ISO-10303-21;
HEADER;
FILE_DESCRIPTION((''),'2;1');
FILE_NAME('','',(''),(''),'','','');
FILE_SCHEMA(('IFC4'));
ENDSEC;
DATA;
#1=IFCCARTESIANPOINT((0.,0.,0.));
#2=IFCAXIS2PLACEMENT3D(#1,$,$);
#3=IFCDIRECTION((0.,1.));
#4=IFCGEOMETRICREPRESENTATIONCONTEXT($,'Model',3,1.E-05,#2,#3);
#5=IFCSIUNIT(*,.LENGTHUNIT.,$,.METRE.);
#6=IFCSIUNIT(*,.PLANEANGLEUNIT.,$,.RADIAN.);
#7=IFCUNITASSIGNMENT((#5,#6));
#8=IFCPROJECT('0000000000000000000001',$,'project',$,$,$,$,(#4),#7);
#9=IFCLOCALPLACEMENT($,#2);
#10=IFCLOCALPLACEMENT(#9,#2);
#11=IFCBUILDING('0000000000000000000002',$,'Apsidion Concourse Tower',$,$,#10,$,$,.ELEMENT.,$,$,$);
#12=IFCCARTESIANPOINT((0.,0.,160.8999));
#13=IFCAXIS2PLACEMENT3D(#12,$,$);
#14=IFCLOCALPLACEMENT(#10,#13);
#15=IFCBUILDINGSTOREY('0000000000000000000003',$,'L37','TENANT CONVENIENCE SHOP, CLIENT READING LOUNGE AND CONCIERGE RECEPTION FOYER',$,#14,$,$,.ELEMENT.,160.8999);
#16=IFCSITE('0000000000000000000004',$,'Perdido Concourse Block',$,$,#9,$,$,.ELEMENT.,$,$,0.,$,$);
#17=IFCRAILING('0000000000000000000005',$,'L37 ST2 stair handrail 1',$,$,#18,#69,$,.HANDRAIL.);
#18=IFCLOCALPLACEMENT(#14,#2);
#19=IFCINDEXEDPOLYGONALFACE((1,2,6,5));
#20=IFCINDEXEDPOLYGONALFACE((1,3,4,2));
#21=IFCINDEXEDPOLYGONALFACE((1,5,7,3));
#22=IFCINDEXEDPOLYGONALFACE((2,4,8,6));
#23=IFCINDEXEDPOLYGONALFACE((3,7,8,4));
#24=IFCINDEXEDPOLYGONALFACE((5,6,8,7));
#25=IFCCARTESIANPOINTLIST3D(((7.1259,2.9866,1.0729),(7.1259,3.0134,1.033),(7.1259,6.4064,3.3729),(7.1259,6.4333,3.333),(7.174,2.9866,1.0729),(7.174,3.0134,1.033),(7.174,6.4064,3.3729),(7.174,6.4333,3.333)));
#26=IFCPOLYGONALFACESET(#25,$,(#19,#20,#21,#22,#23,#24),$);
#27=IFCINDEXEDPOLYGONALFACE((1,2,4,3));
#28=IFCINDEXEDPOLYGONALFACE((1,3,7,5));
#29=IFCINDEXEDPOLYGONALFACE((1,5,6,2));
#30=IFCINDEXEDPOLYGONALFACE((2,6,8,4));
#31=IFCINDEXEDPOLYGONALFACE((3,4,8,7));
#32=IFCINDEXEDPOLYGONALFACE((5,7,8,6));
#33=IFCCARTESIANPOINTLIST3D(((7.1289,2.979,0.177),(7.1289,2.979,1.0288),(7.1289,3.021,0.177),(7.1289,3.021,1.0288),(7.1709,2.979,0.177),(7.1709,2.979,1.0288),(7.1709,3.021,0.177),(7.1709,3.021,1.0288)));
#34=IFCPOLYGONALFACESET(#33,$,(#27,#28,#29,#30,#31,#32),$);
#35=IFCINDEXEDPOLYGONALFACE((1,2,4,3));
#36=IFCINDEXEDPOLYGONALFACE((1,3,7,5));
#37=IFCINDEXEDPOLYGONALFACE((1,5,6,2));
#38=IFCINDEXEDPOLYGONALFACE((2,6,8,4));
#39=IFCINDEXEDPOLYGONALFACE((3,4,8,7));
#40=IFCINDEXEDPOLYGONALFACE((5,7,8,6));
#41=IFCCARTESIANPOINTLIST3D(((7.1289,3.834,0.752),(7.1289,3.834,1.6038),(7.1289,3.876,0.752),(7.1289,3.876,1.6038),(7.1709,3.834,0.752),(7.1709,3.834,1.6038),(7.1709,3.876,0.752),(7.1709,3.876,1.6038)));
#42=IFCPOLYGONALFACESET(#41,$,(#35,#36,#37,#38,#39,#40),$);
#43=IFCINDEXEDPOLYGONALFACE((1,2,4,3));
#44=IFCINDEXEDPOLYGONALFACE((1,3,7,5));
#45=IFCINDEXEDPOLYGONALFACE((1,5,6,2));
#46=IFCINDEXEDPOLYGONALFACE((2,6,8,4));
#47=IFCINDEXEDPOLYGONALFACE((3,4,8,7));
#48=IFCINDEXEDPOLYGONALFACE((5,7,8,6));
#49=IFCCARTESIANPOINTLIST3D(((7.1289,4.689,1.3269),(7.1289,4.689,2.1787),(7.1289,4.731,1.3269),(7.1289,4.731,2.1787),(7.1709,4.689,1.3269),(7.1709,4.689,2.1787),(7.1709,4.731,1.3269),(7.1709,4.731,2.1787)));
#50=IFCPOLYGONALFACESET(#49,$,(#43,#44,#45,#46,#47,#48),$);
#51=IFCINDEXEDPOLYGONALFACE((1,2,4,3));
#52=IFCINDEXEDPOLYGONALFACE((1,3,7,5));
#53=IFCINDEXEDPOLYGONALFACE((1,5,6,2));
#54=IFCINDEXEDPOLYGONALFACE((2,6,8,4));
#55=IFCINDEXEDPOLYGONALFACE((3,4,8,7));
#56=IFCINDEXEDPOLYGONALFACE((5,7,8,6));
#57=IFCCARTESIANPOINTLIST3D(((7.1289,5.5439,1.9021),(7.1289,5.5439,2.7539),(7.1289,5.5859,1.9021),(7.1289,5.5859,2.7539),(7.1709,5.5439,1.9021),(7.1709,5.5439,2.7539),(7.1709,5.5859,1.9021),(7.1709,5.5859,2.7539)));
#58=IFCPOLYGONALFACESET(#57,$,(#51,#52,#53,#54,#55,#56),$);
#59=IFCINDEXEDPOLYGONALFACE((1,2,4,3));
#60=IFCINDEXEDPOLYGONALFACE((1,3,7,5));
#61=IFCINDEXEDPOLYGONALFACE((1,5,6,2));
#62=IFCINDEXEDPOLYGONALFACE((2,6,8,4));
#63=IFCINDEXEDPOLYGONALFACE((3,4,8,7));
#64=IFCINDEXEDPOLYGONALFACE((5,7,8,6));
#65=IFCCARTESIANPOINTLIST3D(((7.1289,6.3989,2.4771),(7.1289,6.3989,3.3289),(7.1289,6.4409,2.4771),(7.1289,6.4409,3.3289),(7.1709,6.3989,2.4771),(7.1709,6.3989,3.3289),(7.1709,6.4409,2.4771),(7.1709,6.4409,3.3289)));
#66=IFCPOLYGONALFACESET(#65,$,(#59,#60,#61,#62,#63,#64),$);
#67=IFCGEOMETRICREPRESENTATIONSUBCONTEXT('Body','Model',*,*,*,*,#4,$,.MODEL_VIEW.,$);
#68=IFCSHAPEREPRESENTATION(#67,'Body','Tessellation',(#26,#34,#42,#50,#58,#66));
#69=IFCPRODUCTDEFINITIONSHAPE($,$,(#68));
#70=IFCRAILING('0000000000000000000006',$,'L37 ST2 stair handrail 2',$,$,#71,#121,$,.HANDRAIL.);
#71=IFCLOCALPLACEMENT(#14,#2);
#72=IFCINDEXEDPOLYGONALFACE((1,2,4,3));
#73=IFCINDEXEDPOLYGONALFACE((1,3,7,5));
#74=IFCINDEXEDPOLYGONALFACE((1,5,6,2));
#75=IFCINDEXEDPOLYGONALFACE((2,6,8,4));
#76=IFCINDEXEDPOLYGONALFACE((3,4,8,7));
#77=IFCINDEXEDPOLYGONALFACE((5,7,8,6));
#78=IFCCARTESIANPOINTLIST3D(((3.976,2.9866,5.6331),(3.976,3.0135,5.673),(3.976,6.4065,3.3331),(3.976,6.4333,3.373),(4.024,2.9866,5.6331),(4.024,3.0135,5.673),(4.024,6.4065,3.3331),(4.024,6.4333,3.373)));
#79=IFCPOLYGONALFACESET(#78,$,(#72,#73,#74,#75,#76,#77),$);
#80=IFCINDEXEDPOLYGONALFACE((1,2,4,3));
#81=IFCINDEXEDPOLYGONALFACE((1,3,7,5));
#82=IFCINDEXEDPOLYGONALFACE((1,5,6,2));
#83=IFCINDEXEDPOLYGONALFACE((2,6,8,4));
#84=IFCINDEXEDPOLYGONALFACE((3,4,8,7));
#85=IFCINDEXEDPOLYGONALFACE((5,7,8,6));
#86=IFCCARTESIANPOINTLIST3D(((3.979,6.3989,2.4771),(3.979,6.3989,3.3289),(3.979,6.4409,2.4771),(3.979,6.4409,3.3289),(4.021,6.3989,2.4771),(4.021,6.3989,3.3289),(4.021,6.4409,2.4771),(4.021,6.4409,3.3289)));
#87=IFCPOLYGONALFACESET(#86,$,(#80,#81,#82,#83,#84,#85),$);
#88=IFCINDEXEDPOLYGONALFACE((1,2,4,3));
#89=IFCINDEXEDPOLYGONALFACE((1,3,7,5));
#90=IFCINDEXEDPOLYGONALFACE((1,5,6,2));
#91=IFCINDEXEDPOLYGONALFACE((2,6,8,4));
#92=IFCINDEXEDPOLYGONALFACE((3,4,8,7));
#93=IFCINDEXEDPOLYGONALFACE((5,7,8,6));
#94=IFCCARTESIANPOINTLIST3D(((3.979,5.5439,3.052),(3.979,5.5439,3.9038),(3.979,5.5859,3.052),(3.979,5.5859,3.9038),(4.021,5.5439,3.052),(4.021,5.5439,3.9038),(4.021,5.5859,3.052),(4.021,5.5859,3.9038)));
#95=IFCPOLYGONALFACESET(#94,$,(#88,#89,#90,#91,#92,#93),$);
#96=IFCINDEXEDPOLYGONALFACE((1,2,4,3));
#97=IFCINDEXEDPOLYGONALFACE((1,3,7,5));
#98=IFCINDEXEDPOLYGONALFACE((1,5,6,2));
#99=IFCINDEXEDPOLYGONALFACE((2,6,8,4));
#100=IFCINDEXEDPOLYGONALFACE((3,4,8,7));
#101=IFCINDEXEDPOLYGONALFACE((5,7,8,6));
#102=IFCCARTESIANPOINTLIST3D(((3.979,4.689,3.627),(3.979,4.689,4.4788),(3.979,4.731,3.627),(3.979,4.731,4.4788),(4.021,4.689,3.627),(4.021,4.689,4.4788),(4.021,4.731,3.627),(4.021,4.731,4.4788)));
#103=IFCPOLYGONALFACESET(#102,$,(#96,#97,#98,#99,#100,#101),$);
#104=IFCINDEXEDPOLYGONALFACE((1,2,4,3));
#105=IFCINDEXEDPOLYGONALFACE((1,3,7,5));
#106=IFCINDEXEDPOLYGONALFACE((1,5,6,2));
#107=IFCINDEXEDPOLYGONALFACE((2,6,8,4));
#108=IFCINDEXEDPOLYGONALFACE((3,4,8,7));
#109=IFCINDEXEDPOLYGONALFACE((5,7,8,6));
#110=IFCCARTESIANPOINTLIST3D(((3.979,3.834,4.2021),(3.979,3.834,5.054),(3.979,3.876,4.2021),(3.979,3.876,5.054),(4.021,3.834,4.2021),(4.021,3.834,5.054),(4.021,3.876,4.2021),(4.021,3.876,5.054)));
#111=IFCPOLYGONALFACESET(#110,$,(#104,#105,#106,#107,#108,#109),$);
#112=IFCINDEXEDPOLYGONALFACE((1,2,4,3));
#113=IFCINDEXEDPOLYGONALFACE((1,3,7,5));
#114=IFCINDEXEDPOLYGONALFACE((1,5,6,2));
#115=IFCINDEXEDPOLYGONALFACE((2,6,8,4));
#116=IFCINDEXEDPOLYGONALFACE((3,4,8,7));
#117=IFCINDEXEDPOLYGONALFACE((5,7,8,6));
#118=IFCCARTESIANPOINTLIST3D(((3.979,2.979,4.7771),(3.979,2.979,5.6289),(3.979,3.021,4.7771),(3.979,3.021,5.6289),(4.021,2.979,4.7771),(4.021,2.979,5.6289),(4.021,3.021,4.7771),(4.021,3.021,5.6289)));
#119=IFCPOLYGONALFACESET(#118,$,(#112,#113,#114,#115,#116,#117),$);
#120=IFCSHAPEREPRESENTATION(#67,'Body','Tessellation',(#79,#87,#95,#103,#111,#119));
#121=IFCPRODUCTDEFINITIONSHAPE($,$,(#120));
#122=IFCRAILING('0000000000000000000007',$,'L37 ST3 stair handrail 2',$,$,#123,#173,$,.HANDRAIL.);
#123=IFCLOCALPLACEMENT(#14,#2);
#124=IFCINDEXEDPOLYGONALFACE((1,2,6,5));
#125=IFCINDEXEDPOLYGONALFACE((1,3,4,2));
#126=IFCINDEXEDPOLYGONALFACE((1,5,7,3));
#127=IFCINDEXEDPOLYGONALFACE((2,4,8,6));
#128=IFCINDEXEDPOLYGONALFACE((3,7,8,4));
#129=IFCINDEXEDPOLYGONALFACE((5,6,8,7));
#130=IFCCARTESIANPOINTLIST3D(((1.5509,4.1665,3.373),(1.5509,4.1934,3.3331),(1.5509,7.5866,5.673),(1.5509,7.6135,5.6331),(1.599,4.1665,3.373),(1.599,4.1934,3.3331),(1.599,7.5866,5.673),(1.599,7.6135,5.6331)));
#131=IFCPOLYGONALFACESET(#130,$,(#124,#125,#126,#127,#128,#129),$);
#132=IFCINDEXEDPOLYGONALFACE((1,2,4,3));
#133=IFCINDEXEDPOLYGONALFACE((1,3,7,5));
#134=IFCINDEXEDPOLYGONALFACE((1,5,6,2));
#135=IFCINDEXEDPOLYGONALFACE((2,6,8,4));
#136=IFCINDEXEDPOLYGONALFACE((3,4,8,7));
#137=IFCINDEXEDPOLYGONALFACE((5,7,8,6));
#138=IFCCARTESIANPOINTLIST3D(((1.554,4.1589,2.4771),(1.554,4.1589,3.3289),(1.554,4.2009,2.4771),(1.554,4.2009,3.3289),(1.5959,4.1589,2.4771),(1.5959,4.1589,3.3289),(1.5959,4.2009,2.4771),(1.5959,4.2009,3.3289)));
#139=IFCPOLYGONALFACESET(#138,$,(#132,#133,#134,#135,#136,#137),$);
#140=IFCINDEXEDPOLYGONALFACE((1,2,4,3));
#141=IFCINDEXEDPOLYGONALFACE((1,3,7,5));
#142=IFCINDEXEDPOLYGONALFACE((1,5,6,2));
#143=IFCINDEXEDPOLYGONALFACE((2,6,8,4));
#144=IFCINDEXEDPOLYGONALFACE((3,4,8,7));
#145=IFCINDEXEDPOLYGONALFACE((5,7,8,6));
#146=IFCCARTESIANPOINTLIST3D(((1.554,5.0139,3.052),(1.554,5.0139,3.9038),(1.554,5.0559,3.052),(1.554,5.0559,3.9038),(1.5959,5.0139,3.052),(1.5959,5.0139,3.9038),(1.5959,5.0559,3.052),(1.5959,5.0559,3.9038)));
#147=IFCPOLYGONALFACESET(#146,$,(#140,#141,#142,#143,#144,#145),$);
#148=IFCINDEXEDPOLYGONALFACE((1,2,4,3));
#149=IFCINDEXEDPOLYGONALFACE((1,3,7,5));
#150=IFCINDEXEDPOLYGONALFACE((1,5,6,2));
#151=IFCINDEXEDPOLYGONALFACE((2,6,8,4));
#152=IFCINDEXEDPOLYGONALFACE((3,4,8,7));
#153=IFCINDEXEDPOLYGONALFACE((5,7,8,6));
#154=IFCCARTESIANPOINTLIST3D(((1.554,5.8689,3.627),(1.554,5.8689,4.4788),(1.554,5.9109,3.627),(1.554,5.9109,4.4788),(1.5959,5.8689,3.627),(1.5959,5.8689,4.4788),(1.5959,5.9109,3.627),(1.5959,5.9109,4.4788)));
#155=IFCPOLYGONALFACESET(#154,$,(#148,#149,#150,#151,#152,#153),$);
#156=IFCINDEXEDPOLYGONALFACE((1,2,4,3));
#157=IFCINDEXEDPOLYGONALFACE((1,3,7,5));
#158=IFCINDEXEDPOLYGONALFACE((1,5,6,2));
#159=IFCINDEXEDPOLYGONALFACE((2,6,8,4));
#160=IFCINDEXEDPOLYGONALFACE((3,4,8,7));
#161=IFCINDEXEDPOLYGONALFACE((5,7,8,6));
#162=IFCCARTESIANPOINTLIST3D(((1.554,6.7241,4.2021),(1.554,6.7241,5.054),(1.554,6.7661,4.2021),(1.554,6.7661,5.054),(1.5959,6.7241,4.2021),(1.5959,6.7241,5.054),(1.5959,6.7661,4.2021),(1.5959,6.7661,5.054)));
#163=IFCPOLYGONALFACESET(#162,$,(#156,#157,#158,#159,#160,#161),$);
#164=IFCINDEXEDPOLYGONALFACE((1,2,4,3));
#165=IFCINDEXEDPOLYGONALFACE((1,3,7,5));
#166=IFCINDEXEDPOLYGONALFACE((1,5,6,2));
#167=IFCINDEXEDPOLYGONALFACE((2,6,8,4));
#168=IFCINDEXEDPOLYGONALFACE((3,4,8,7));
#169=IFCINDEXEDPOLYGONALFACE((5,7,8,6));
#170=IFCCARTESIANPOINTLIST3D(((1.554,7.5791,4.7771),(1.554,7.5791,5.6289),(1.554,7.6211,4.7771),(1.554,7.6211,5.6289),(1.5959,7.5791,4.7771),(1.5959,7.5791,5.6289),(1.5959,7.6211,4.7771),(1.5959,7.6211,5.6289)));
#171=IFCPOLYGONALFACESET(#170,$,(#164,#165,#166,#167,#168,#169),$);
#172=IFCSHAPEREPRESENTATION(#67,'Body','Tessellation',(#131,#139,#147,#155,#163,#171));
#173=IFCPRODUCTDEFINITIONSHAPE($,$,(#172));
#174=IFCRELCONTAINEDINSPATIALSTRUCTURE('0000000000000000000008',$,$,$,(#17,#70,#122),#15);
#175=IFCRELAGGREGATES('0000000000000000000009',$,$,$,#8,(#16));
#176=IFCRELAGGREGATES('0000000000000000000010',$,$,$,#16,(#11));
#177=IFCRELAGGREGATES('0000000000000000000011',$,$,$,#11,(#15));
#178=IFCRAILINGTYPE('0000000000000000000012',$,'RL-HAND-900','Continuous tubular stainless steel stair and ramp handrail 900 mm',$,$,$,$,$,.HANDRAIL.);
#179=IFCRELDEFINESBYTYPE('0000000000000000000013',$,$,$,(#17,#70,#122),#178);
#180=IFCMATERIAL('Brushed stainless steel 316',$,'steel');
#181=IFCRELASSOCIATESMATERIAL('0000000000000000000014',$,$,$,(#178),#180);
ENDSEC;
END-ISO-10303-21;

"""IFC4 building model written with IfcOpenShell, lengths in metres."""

from ifc_helpers import new_model, si_unit, direction, frame, origin, origin_2d, place, context, subcontext, project, spatial, rectangle, extrude, material, type_object, element, save


model = new_model("IFC4")

# Units and contexts
model_context = context("Model", 3, precision=1e-05, world=origin(), true_north=direction((0.0, 1.0)))
body_context = subcontext(model_context, "Body", "Model", "MODEL_VIEW")
ifc_project = project(units=[si_unit("LENGTHUNIT", "METRE"), si_unit("PLANEANGLEUNIT", "RADIAN")], contexts=[model_context])

# Site, building, storey
site_placement = place(None, origin())
site = spatial("IfcSite", under=ifc_project, at=site_placement, Name="Perdido Concourse Block", CompositionType="ELEMENT", RefElevation=0.0)
building_placement = place(site_placement, origin())
building = spatial("IfcBuilding", under=site, at=building_placement, Name="Apsidion Concourse Tower", CompositionType="ELEMENT")
storey_placement = place(building_placement, frame((0.0, 0.0, 160.8999)))
storey = spatial("IfcBuildingStorey", under=building, at=storey_placement, Name="L37", Description="TENANT CONVENIENCE SHOP, CLIENT READING LOUNGE AND CONCIERGE RECEPTION FOYER", CompositionType="ELEMENT", Elevation=160.8999)

# Railings
ifc_material_1 = material(Name="Brushed stainless steel 316", Category="steel")
railing_type_1 = type_object("IfcRailingType", Name="RL-HAND-900", Description="Continuous tubular stainless steel stair and ramp handrail 900 mm", PredefinedType="HANDRAIL", material=ifc_material_1)
railing_1_placement = place(storey_placement, frame((7.1499, 3.0, 0.177)))
element("IfcRailing", 1, at=railing_1_placement, inside=storey, type_object=railing_type_1, Name="L37 ST2 stair handrail 1", PredefinedType="HANDRAIL", context=body_context, shape_type="SweptSolid", body=[
    extrude(rectangle(XDim=0.0481, YDim=0.0481, at=origin_2d()), frame((0.0, 0.0, 0.876), z_axis=(0.0, 0.829792, 0.558072), x_axis=(-1.0, 0.0, 0.0)), (0.0, 0.0, 1.0), 4.1213),
    extrude(rectangle(XDim=0.042, YDim=0.042, at=origin_2d()), origin(), (0.0, 0.0, 1.0), 0.8518),
    extrude(rectangle(XDim=0.042, YDim=0.042, at=origin_2d()), frame((0.0, 0.855, 0.575)), (0.0, 0.0, 1.0), 0.8518),
    extrude(rectangle(XDim=0.042, YDim=0.042, at=origin_2d()), frame((0.0, 1.71, 1.1499)), (0.0, 0.0, 1.0), 0.8518),
    extrude(rectangle(XDim=0.042, YDim=0.042, at=origin_2d()), frame((0.0, 2.5649, 1.7251)), (0.0, 0.0, 1.0), 0.8518),
    extrude(rectangle(XDim=0.042, YDim=0.042, at=origin_2d()), frame((0.0, 3.4199, 2.3)), (0.0, 0.0, 1.0), 0.8518),
])
railing_2_placement = place(storey_placement, frame((4.0, 6.4199, 2.4771)))
element("IfcRailing", 2, at=railing_2_placement, inside=storey, type_object=railing_type_1, Name="L37 ST2 stair handrail 2", PredefinedType="HANDRAIL", context=body_context, shape_type="SweptSolid", body=[
    extrude(rectangle(XDim=0.0481, YDim=0.0481, at=origin_2d()), frame((0.0, 0.0, 0.876), z_axis=(0.0, -0.829792, 0.558072), x_axis=(1.0, 0.0, 0.0)), (0.0, 0.0, 1.0), 4.1213),
    extrude(rectangle(XDim=0.042, YDim=0.042, at=origin_2d()), origin(), (0.0, 0.0, 1.0), 0.8518),
    extrude(rectangle(XDim=0.042, YDim=0.042, at=origin_2d()), frame((0.0, -0.855, 0.575)), (0.0, 0.0, 1.0), 0.8518),
    extrude(rectangle(XDim=0.042, YDim=0.042, at=origin_2d()), frame((0.0, -1.71, 1.1499)), (0.0, 0.0, 1.0), 0.8518),
    extrude(rectangle(XDim=0.042, YDim=0.042, at=origin_2d()), frame((0.0, -2.5649, 1.7251)), (0.0, 0.0, 1.0), 0.8518),
    extrude(rectangle(XDim=0.042, YDim=0.042, at=origin_2d()), frame((0.0, -3.4199, 2.3)), (0.0, 0.0, 1.0), 0.8518),
])
railing_3_placement = place(storey_placement, frame((1.575, 4.1799, 2.4771)))
element("IfcRailing", 3, at=railing_3_placement, inside=storey, type_object=railing_type_1, Name="L37 ST3 stair handrail 2", PredefinedType="HANDRAIL", context=body_context, shape_type="SweptSolid", body=[
    extrude(rectangle(XDim=0.0481, YDim=0.0481, at=origin_2d()), frame((0.0, 0.0, 0.876), z_axis=(0.0, 0.829811, 0.558045), x_axis=(-1.0, 0.0, 0.0)), (0.0, 0.0, 1.0), 4.1216),
    extrude(rectangle(XDim=0.042, YDim=0.042, at=origin_2d()), origin(), (0.0, 0.0, 1.0), 0.8518),
    extrude(rectangle(XDim=0.042, YDim=0.042, at=origin_2d()), frame((0.0, 0.855, 0.575)), (0.0, 0.0, 1.0), 0.8518),
    extrude(rectangle(XDim=0.042, YDim=0.042, at=origin_2d()), frame((0.0, 1.71, 1.1499)), (0.0, 0.0, 1.0), 0.8518),
    extrude(rectangle(XDim=0.042, YDim=0.042, at=origin_2d()), frame((0.0, 2.5652, 1.7251)), (0.0, 0.0, 1.0), 0.8518),
    extrude(rectangle(XDim=0.042, YDim=0.042, at=origin_2d()), frame((0.0, 3.4202, 2.3)), (0.0, 0.0, 1.0), 0.8518),
])

save(model, "model.ifc")
